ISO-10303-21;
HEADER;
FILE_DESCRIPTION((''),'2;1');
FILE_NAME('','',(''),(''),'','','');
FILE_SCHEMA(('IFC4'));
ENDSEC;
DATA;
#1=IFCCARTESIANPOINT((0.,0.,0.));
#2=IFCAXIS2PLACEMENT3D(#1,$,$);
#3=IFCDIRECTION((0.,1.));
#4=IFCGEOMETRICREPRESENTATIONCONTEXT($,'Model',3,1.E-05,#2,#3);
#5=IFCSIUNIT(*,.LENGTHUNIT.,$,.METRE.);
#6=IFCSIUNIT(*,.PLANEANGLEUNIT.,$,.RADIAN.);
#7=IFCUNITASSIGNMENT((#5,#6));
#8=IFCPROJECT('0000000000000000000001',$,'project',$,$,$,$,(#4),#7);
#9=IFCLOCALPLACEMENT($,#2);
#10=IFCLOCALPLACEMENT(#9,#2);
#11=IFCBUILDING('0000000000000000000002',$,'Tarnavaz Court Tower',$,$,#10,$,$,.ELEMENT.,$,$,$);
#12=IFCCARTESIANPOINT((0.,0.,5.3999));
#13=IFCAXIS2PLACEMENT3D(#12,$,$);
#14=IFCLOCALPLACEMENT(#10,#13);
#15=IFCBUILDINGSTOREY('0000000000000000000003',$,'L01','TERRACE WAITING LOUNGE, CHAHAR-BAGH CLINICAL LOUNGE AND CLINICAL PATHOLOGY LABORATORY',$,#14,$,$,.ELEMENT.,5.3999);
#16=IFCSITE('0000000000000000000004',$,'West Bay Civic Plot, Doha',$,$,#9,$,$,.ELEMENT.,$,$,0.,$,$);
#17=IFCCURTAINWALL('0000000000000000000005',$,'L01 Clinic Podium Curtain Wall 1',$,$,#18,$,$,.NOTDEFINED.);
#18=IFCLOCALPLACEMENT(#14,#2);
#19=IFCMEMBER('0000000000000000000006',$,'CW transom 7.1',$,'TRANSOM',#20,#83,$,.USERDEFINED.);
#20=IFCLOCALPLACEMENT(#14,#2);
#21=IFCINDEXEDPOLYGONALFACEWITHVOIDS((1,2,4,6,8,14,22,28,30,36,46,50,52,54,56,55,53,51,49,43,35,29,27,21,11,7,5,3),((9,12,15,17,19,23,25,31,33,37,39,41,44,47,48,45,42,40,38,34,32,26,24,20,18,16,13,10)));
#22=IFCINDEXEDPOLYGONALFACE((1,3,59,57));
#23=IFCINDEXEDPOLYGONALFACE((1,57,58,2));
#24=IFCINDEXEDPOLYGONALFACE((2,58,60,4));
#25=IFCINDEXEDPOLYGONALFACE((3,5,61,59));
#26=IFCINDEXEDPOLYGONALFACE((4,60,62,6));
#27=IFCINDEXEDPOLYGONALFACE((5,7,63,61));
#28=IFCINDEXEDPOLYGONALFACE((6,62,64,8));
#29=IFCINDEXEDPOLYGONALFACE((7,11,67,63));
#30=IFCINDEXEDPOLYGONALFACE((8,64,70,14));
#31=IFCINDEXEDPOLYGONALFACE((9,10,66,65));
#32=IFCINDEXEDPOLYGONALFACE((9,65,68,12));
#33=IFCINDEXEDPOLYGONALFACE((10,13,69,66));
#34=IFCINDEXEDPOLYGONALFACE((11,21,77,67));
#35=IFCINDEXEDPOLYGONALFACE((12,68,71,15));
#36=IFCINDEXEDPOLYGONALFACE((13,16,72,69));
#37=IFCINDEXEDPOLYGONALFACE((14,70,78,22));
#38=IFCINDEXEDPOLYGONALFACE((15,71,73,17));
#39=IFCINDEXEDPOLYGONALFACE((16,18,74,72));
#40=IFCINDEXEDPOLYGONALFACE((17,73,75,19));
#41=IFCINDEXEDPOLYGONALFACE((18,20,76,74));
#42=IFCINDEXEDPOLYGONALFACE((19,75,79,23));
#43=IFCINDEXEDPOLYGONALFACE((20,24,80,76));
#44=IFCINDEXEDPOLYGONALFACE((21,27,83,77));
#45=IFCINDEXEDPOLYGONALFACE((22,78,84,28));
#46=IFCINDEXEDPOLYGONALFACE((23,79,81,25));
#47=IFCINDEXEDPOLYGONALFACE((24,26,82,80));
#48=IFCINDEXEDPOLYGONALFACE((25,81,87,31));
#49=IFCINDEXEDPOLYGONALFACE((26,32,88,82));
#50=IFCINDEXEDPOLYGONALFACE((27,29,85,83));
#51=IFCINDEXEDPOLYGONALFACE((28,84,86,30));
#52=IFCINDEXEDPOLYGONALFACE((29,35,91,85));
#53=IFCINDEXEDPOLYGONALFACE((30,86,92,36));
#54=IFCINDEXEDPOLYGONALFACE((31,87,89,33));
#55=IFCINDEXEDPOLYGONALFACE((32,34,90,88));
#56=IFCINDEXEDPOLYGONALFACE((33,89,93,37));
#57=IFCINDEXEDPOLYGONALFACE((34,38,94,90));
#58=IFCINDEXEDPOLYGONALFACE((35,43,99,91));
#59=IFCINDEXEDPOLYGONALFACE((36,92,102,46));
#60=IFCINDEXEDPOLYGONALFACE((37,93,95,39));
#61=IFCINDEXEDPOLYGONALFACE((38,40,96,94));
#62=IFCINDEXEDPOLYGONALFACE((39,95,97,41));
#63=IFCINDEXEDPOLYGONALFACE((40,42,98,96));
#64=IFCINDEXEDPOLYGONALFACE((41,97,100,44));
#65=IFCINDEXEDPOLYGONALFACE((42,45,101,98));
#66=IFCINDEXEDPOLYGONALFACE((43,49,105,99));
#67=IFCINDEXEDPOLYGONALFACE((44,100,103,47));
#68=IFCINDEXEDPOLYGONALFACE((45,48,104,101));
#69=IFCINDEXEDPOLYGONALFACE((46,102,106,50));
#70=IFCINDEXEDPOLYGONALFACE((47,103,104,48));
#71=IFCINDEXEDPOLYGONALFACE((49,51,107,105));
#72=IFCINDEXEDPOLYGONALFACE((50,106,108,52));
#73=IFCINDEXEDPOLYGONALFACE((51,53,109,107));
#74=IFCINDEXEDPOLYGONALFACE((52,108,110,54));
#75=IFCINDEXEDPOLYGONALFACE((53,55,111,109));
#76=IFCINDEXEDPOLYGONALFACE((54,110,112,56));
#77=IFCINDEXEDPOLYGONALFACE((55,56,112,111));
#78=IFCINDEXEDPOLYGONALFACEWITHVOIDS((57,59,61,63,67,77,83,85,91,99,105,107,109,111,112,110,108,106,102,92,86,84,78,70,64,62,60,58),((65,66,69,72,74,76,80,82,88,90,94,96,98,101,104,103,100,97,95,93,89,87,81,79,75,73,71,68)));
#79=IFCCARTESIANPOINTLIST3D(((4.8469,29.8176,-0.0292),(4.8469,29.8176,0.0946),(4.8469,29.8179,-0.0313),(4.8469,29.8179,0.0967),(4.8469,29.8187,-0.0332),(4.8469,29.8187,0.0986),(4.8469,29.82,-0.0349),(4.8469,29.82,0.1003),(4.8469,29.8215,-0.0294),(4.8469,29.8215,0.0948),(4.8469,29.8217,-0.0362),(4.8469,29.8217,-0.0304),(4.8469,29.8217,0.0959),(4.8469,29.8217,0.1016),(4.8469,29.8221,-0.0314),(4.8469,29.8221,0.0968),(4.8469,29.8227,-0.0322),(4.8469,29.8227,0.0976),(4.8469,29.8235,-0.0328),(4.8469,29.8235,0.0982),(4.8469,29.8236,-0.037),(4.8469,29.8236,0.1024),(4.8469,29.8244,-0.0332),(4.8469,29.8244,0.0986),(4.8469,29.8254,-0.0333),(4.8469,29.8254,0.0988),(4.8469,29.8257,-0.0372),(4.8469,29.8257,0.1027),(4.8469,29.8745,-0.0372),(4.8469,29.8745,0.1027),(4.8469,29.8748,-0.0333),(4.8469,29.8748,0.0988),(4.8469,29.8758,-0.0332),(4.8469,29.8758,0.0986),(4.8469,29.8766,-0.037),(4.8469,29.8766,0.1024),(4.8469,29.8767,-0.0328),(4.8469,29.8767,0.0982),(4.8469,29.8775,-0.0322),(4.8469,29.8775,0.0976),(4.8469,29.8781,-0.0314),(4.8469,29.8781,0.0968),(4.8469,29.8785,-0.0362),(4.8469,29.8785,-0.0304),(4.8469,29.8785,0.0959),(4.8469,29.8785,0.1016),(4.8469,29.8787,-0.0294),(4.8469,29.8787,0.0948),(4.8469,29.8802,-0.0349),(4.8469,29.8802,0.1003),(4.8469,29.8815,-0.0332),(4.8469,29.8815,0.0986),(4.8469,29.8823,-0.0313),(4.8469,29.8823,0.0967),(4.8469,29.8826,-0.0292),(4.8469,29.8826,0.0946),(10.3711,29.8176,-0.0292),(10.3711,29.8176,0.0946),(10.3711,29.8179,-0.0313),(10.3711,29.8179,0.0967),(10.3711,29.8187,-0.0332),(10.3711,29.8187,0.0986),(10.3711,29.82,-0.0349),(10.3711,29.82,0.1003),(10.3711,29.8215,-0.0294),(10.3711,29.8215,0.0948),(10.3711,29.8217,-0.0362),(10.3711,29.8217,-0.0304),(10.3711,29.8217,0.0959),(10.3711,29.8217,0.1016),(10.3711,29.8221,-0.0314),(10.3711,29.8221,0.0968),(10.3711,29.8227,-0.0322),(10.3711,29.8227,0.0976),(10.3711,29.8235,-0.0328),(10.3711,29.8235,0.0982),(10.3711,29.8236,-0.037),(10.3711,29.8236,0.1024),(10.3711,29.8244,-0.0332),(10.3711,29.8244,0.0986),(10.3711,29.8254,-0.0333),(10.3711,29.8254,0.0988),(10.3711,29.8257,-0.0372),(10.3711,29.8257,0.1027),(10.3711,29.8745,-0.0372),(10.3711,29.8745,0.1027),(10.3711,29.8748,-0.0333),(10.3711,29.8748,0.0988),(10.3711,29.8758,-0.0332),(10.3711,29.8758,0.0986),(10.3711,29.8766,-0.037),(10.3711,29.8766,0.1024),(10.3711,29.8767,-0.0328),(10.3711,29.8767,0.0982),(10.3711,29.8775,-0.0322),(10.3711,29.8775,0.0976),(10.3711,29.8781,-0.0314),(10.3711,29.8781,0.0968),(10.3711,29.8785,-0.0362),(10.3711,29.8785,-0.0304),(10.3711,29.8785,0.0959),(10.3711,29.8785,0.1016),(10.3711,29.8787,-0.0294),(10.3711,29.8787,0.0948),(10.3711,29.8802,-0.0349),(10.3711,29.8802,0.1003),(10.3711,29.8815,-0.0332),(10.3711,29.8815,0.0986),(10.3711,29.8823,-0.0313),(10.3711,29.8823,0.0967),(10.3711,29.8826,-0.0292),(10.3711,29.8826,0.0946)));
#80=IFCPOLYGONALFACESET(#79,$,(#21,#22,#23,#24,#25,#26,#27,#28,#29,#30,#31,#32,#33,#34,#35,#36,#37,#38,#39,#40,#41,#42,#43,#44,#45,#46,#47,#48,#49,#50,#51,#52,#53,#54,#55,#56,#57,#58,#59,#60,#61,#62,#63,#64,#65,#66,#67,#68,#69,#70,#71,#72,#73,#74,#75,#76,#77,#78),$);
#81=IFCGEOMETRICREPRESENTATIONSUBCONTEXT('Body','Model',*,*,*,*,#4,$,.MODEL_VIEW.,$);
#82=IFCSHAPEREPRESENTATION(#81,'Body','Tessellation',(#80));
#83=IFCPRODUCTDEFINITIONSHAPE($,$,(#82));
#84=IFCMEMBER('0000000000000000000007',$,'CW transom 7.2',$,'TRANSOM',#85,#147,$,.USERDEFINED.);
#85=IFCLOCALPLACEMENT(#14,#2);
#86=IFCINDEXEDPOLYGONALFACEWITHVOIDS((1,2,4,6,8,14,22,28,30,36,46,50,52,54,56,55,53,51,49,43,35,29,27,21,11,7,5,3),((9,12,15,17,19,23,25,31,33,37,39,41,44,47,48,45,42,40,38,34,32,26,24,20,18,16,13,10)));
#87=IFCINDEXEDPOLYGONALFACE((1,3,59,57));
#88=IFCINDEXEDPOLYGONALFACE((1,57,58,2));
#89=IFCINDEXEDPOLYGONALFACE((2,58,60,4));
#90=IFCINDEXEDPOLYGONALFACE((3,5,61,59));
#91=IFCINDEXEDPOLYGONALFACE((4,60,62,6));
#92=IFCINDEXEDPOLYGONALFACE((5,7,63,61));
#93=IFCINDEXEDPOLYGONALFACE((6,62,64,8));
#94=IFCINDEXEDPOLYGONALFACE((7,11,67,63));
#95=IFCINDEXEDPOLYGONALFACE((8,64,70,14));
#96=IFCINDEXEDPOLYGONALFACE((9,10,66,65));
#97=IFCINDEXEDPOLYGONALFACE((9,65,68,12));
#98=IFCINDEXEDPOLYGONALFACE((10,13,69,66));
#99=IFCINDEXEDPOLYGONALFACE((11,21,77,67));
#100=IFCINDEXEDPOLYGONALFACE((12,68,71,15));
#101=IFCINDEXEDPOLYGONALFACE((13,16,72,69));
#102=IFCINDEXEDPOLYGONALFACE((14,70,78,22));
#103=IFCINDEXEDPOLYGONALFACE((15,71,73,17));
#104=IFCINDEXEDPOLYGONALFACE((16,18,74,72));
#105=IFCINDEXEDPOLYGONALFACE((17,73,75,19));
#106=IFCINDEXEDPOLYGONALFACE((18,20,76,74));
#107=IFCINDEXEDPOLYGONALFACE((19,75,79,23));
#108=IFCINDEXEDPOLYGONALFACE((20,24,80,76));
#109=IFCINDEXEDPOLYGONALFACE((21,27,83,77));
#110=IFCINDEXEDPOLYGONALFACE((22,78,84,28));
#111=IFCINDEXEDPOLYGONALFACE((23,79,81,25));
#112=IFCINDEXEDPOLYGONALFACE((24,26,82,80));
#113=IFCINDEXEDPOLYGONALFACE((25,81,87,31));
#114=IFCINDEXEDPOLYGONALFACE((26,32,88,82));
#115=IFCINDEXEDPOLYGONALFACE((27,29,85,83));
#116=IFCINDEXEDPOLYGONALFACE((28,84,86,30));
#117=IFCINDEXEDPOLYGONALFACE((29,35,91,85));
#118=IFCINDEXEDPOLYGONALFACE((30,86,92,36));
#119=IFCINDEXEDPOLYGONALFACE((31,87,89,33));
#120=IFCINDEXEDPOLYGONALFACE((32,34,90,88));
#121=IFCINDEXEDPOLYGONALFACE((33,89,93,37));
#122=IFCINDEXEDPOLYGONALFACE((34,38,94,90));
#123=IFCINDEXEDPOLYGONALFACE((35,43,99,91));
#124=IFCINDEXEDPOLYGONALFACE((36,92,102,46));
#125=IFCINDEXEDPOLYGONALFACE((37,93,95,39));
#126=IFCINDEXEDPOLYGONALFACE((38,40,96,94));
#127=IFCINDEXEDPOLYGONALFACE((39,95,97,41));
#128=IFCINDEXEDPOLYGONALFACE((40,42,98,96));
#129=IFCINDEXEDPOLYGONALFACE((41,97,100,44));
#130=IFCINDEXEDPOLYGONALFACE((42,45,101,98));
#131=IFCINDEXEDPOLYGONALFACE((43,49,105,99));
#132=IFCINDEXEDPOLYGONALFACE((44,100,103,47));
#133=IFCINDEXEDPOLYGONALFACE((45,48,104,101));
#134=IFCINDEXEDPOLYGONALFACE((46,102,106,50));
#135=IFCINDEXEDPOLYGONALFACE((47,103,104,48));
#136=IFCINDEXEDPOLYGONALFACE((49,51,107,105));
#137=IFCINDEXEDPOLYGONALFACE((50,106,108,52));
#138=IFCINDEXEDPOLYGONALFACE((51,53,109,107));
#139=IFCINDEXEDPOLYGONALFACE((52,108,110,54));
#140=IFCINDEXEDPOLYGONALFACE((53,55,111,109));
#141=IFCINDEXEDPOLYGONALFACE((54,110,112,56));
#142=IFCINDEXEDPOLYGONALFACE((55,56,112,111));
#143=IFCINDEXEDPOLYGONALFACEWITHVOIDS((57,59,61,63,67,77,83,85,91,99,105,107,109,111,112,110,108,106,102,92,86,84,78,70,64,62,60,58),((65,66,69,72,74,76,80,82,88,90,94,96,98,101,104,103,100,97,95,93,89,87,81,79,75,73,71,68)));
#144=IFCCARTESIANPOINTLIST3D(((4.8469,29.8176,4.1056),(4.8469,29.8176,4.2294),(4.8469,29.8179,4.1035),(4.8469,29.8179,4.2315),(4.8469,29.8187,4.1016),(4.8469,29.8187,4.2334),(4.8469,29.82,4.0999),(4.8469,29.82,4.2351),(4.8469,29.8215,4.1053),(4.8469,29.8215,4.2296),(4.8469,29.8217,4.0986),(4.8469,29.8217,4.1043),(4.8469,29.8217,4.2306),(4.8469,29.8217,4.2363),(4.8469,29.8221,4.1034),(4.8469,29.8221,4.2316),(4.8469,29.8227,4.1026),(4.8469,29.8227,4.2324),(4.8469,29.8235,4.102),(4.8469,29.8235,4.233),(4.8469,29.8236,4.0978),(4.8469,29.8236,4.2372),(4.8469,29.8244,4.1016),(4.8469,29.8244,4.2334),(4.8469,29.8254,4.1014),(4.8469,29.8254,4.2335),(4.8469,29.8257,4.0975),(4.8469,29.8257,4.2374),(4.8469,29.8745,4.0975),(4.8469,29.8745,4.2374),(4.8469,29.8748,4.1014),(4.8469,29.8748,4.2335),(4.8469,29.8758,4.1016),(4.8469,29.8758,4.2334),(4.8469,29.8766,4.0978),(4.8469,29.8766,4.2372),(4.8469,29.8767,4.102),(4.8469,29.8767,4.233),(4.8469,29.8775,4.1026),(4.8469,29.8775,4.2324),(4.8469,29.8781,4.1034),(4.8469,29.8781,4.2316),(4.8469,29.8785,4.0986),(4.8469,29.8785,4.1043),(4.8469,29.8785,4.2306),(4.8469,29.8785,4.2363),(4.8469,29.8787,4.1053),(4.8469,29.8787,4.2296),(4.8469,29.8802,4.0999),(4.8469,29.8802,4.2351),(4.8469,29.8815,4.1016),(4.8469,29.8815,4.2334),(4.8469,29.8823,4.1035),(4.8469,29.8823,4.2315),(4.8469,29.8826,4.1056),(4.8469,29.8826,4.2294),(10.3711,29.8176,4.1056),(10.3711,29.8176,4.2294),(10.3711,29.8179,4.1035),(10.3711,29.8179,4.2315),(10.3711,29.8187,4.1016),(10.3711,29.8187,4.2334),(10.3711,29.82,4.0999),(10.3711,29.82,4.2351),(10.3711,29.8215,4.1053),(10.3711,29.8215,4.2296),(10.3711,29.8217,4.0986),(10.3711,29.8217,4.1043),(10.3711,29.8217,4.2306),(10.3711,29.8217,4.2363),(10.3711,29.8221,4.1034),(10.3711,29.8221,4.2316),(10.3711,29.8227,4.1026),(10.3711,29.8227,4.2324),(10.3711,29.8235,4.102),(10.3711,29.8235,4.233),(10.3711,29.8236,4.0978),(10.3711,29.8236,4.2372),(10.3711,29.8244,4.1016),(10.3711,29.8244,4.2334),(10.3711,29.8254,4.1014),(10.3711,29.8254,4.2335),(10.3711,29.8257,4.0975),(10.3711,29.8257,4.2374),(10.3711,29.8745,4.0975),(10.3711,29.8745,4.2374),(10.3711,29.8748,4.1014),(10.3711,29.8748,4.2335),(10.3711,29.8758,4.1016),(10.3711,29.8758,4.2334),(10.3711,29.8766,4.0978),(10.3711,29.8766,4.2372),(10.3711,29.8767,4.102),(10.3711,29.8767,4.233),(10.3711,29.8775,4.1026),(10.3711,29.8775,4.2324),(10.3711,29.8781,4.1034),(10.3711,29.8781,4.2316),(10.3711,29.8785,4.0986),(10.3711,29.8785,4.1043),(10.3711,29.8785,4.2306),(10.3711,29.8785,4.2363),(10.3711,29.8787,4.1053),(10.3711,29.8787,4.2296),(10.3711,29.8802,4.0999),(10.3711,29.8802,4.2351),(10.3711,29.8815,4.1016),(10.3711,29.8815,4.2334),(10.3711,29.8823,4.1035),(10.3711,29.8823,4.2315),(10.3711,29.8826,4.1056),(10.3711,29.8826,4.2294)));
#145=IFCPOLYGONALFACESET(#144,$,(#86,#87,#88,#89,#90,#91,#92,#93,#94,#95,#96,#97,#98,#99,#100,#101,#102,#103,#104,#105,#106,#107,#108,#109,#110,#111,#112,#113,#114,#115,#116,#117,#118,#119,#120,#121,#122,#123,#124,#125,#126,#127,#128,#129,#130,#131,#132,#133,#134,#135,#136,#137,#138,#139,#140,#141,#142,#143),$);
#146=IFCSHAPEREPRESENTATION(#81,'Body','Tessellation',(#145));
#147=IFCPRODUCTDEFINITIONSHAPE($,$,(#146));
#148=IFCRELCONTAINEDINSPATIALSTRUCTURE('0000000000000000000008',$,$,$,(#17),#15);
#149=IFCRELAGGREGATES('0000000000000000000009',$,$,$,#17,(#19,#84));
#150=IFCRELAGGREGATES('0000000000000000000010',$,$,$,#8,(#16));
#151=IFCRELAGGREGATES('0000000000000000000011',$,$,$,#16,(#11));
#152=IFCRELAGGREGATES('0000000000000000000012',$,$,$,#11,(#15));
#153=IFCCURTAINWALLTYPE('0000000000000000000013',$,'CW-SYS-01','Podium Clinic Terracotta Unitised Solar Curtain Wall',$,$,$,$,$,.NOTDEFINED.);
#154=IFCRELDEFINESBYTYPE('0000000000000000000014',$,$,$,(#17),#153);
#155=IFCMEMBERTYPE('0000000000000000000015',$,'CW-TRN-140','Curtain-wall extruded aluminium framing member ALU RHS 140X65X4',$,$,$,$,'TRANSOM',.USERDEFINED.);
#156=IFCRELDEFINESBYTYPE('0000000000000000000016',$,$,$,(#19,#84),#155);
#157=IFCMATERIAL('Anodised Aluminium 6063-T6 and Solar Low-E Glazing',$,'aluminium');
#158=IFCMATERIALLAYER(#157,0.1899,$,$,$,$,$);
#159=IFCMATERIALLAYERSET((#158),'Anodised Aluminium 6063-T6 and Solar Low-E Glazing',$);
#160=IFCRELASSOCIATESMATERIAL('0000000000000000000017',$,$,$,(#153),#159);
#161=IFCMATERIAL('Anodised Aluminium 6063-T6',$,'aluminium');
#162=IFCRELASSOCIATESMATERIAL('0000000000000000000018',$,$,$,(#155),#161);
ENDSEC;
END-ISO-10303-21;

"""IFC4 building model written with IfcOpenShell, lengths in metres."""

from ifc_helpers import new_model, si_unit, direction, frame, origin, origin_2d, place, context, subcontext, project, spatial, hollow_rectangle, extrude, material, layer, layer_set, material_profile, profile_set, type_object, element, aggregate, save


model = new_model("IFC4")

# Units and contexts
model_context = context("Model", 3, precision=1e-05, world=origin(), true_north=direction((0.0, 1.0)))
body_context = subcontext(model_context, "Body", "Model", "MODEL_VIEW")
ifc_project = project(units=[si_unit("LENGTHUNIT", "METRE"), si_unit("PLANEANGLEUNIT", "RADIAN")], contexts=[model_context])

# Site, building, storey
site_placement = place(None, origin())
site = spatial("IfcSite", under=ifc_project, at=site_placement, Name="West Bay Civic Plot, Doha", CompositionType="ELEMENT", RefElevation=0.0)
building_placement = place(site_placement, origin())
building = spatial("IfcBuilding", under=site, at=building_placement, Name="Tarnavaz Court Tower", CompositionType="ELEMENT")
storey_placement = place(building_placement, frame((0.0, 0.0, 5.3999)))
storey = spatial("IfcBuildingStorey", under=building, at=storey_placement, Name="L01", Description="TERRACE WAITING LOUNGE, CHAHAR-BAGH CLINICAL LOUNGE AND CLINICAL PATHOLOGY LABORATORY", CompositionType="ELEMENT", Elevation=5.3999)

# Curtain wall, members
ifc_material_1 = material(Name="Anodised Aluminium 6063-T6 and Solar Low-E Glazing", Category="aluminium")
ifc_layer_1 = layer(ifc_material_1, 0.1899)
ifc_layer_set_1 = layer_set([ifc_layer_1], Name="Anodised Aluminium 6063-T6 and Solar Low-E Glazing")
curtain_wall_type = type_object("IfcCurtainWallType", Name="CW-SYS-01", Description="Podium Clinic Terracotta Unitised Solar Curtain Wall", PredefinedType="NOTDEFINED", material=ifc_layer_set_1)
curtain_wall_placement = place(storey_placement, origin())
curtain_wall = element("IfcCurtainWall", 1, at=curtain_wall_placement, inside=storey, type_object=curtain_wall_type, Name="L01 Clinic Podium Curtain Wall 1", PredefinedType="NOTDEFINED")
ifc_material_2 = material(Name="Anodised Aluminium 6063-T6", Category="aluminium")
ifc_material_profile_1 = material_profile(ifc_material_2, hollow_rectangle(XDim=0.0649, YDim=0.1399, WallThickness=0.0039, InnerFilletRadius=0.0039, OuterFilletRadius=0.0081, at=origin_2d()), Name="ALU RHS 140X65X4")
ifc_profile_set_1 = profile_set([ifc_material_profile_1], Name="Anodised Aluminium 6063-T6")
member_type_1 = type_object("IfcMemberType", Name="CW-TRN-140", Description="Curtain-wall extruded aluminium framing member ALU RHS 140X65X4", ElementType="TRANSOM", PredefinedType="USERDEFINED", material=ifc_profile_set_1)
member_1_placement = place(storey_placement, frame((4.8469, 29.8501, 0.0327), z_axis=(1.0, 0.0, 0.0), x_axis=(0.0, 1.0, 0.0)))
member_1 = element("IfcMember", 2, at=member_1_placement, type_object=member_type_1, Name="CW transom 7.1", ObjectType="TRANSOM", PredefinedType="USERDEFINED", context=body_context, shape_type="SweptSolid", body=[
    extrude(hollow_rectangle(XDim=0.0649, YDim=0.1399, WallThickness=0.0039, InnerFilletRadius=0.0039, OuterFilletRadius=0.0081, at=origin_2d()), origin(), (0.0, 0.0, 1.0), 5.5242),
])
member_2_placement = place(storey_placement, frame((4.8469, 29.8501, 4.1675), z_axis=(1.0, 0.0, 0.0), x_axis=(0.0, 1.0, 0.0)))
member_2 = element("IfcMember", 3, at=member_2_placement, type_object=member_type_1, Name="CW transom 7.2", ObjectType="TRANSOM", PredefinedType="USERDEFINED", context=body_context, shape_type="SweptSolid", body=[
    extrude(hollow_rectangle(XDim=0.0649, YDim=0.1399, WallThickness=0.0039, InnerFilletRadius=0.0039, OuterFilletRadius=0.0081, at=origin_2d()), origin(), (0.0, 0.0, 1.0), 5.5242),
])
aggregate(curtain_wall, [member_1, member_2])

save(model, "model.ifc")
